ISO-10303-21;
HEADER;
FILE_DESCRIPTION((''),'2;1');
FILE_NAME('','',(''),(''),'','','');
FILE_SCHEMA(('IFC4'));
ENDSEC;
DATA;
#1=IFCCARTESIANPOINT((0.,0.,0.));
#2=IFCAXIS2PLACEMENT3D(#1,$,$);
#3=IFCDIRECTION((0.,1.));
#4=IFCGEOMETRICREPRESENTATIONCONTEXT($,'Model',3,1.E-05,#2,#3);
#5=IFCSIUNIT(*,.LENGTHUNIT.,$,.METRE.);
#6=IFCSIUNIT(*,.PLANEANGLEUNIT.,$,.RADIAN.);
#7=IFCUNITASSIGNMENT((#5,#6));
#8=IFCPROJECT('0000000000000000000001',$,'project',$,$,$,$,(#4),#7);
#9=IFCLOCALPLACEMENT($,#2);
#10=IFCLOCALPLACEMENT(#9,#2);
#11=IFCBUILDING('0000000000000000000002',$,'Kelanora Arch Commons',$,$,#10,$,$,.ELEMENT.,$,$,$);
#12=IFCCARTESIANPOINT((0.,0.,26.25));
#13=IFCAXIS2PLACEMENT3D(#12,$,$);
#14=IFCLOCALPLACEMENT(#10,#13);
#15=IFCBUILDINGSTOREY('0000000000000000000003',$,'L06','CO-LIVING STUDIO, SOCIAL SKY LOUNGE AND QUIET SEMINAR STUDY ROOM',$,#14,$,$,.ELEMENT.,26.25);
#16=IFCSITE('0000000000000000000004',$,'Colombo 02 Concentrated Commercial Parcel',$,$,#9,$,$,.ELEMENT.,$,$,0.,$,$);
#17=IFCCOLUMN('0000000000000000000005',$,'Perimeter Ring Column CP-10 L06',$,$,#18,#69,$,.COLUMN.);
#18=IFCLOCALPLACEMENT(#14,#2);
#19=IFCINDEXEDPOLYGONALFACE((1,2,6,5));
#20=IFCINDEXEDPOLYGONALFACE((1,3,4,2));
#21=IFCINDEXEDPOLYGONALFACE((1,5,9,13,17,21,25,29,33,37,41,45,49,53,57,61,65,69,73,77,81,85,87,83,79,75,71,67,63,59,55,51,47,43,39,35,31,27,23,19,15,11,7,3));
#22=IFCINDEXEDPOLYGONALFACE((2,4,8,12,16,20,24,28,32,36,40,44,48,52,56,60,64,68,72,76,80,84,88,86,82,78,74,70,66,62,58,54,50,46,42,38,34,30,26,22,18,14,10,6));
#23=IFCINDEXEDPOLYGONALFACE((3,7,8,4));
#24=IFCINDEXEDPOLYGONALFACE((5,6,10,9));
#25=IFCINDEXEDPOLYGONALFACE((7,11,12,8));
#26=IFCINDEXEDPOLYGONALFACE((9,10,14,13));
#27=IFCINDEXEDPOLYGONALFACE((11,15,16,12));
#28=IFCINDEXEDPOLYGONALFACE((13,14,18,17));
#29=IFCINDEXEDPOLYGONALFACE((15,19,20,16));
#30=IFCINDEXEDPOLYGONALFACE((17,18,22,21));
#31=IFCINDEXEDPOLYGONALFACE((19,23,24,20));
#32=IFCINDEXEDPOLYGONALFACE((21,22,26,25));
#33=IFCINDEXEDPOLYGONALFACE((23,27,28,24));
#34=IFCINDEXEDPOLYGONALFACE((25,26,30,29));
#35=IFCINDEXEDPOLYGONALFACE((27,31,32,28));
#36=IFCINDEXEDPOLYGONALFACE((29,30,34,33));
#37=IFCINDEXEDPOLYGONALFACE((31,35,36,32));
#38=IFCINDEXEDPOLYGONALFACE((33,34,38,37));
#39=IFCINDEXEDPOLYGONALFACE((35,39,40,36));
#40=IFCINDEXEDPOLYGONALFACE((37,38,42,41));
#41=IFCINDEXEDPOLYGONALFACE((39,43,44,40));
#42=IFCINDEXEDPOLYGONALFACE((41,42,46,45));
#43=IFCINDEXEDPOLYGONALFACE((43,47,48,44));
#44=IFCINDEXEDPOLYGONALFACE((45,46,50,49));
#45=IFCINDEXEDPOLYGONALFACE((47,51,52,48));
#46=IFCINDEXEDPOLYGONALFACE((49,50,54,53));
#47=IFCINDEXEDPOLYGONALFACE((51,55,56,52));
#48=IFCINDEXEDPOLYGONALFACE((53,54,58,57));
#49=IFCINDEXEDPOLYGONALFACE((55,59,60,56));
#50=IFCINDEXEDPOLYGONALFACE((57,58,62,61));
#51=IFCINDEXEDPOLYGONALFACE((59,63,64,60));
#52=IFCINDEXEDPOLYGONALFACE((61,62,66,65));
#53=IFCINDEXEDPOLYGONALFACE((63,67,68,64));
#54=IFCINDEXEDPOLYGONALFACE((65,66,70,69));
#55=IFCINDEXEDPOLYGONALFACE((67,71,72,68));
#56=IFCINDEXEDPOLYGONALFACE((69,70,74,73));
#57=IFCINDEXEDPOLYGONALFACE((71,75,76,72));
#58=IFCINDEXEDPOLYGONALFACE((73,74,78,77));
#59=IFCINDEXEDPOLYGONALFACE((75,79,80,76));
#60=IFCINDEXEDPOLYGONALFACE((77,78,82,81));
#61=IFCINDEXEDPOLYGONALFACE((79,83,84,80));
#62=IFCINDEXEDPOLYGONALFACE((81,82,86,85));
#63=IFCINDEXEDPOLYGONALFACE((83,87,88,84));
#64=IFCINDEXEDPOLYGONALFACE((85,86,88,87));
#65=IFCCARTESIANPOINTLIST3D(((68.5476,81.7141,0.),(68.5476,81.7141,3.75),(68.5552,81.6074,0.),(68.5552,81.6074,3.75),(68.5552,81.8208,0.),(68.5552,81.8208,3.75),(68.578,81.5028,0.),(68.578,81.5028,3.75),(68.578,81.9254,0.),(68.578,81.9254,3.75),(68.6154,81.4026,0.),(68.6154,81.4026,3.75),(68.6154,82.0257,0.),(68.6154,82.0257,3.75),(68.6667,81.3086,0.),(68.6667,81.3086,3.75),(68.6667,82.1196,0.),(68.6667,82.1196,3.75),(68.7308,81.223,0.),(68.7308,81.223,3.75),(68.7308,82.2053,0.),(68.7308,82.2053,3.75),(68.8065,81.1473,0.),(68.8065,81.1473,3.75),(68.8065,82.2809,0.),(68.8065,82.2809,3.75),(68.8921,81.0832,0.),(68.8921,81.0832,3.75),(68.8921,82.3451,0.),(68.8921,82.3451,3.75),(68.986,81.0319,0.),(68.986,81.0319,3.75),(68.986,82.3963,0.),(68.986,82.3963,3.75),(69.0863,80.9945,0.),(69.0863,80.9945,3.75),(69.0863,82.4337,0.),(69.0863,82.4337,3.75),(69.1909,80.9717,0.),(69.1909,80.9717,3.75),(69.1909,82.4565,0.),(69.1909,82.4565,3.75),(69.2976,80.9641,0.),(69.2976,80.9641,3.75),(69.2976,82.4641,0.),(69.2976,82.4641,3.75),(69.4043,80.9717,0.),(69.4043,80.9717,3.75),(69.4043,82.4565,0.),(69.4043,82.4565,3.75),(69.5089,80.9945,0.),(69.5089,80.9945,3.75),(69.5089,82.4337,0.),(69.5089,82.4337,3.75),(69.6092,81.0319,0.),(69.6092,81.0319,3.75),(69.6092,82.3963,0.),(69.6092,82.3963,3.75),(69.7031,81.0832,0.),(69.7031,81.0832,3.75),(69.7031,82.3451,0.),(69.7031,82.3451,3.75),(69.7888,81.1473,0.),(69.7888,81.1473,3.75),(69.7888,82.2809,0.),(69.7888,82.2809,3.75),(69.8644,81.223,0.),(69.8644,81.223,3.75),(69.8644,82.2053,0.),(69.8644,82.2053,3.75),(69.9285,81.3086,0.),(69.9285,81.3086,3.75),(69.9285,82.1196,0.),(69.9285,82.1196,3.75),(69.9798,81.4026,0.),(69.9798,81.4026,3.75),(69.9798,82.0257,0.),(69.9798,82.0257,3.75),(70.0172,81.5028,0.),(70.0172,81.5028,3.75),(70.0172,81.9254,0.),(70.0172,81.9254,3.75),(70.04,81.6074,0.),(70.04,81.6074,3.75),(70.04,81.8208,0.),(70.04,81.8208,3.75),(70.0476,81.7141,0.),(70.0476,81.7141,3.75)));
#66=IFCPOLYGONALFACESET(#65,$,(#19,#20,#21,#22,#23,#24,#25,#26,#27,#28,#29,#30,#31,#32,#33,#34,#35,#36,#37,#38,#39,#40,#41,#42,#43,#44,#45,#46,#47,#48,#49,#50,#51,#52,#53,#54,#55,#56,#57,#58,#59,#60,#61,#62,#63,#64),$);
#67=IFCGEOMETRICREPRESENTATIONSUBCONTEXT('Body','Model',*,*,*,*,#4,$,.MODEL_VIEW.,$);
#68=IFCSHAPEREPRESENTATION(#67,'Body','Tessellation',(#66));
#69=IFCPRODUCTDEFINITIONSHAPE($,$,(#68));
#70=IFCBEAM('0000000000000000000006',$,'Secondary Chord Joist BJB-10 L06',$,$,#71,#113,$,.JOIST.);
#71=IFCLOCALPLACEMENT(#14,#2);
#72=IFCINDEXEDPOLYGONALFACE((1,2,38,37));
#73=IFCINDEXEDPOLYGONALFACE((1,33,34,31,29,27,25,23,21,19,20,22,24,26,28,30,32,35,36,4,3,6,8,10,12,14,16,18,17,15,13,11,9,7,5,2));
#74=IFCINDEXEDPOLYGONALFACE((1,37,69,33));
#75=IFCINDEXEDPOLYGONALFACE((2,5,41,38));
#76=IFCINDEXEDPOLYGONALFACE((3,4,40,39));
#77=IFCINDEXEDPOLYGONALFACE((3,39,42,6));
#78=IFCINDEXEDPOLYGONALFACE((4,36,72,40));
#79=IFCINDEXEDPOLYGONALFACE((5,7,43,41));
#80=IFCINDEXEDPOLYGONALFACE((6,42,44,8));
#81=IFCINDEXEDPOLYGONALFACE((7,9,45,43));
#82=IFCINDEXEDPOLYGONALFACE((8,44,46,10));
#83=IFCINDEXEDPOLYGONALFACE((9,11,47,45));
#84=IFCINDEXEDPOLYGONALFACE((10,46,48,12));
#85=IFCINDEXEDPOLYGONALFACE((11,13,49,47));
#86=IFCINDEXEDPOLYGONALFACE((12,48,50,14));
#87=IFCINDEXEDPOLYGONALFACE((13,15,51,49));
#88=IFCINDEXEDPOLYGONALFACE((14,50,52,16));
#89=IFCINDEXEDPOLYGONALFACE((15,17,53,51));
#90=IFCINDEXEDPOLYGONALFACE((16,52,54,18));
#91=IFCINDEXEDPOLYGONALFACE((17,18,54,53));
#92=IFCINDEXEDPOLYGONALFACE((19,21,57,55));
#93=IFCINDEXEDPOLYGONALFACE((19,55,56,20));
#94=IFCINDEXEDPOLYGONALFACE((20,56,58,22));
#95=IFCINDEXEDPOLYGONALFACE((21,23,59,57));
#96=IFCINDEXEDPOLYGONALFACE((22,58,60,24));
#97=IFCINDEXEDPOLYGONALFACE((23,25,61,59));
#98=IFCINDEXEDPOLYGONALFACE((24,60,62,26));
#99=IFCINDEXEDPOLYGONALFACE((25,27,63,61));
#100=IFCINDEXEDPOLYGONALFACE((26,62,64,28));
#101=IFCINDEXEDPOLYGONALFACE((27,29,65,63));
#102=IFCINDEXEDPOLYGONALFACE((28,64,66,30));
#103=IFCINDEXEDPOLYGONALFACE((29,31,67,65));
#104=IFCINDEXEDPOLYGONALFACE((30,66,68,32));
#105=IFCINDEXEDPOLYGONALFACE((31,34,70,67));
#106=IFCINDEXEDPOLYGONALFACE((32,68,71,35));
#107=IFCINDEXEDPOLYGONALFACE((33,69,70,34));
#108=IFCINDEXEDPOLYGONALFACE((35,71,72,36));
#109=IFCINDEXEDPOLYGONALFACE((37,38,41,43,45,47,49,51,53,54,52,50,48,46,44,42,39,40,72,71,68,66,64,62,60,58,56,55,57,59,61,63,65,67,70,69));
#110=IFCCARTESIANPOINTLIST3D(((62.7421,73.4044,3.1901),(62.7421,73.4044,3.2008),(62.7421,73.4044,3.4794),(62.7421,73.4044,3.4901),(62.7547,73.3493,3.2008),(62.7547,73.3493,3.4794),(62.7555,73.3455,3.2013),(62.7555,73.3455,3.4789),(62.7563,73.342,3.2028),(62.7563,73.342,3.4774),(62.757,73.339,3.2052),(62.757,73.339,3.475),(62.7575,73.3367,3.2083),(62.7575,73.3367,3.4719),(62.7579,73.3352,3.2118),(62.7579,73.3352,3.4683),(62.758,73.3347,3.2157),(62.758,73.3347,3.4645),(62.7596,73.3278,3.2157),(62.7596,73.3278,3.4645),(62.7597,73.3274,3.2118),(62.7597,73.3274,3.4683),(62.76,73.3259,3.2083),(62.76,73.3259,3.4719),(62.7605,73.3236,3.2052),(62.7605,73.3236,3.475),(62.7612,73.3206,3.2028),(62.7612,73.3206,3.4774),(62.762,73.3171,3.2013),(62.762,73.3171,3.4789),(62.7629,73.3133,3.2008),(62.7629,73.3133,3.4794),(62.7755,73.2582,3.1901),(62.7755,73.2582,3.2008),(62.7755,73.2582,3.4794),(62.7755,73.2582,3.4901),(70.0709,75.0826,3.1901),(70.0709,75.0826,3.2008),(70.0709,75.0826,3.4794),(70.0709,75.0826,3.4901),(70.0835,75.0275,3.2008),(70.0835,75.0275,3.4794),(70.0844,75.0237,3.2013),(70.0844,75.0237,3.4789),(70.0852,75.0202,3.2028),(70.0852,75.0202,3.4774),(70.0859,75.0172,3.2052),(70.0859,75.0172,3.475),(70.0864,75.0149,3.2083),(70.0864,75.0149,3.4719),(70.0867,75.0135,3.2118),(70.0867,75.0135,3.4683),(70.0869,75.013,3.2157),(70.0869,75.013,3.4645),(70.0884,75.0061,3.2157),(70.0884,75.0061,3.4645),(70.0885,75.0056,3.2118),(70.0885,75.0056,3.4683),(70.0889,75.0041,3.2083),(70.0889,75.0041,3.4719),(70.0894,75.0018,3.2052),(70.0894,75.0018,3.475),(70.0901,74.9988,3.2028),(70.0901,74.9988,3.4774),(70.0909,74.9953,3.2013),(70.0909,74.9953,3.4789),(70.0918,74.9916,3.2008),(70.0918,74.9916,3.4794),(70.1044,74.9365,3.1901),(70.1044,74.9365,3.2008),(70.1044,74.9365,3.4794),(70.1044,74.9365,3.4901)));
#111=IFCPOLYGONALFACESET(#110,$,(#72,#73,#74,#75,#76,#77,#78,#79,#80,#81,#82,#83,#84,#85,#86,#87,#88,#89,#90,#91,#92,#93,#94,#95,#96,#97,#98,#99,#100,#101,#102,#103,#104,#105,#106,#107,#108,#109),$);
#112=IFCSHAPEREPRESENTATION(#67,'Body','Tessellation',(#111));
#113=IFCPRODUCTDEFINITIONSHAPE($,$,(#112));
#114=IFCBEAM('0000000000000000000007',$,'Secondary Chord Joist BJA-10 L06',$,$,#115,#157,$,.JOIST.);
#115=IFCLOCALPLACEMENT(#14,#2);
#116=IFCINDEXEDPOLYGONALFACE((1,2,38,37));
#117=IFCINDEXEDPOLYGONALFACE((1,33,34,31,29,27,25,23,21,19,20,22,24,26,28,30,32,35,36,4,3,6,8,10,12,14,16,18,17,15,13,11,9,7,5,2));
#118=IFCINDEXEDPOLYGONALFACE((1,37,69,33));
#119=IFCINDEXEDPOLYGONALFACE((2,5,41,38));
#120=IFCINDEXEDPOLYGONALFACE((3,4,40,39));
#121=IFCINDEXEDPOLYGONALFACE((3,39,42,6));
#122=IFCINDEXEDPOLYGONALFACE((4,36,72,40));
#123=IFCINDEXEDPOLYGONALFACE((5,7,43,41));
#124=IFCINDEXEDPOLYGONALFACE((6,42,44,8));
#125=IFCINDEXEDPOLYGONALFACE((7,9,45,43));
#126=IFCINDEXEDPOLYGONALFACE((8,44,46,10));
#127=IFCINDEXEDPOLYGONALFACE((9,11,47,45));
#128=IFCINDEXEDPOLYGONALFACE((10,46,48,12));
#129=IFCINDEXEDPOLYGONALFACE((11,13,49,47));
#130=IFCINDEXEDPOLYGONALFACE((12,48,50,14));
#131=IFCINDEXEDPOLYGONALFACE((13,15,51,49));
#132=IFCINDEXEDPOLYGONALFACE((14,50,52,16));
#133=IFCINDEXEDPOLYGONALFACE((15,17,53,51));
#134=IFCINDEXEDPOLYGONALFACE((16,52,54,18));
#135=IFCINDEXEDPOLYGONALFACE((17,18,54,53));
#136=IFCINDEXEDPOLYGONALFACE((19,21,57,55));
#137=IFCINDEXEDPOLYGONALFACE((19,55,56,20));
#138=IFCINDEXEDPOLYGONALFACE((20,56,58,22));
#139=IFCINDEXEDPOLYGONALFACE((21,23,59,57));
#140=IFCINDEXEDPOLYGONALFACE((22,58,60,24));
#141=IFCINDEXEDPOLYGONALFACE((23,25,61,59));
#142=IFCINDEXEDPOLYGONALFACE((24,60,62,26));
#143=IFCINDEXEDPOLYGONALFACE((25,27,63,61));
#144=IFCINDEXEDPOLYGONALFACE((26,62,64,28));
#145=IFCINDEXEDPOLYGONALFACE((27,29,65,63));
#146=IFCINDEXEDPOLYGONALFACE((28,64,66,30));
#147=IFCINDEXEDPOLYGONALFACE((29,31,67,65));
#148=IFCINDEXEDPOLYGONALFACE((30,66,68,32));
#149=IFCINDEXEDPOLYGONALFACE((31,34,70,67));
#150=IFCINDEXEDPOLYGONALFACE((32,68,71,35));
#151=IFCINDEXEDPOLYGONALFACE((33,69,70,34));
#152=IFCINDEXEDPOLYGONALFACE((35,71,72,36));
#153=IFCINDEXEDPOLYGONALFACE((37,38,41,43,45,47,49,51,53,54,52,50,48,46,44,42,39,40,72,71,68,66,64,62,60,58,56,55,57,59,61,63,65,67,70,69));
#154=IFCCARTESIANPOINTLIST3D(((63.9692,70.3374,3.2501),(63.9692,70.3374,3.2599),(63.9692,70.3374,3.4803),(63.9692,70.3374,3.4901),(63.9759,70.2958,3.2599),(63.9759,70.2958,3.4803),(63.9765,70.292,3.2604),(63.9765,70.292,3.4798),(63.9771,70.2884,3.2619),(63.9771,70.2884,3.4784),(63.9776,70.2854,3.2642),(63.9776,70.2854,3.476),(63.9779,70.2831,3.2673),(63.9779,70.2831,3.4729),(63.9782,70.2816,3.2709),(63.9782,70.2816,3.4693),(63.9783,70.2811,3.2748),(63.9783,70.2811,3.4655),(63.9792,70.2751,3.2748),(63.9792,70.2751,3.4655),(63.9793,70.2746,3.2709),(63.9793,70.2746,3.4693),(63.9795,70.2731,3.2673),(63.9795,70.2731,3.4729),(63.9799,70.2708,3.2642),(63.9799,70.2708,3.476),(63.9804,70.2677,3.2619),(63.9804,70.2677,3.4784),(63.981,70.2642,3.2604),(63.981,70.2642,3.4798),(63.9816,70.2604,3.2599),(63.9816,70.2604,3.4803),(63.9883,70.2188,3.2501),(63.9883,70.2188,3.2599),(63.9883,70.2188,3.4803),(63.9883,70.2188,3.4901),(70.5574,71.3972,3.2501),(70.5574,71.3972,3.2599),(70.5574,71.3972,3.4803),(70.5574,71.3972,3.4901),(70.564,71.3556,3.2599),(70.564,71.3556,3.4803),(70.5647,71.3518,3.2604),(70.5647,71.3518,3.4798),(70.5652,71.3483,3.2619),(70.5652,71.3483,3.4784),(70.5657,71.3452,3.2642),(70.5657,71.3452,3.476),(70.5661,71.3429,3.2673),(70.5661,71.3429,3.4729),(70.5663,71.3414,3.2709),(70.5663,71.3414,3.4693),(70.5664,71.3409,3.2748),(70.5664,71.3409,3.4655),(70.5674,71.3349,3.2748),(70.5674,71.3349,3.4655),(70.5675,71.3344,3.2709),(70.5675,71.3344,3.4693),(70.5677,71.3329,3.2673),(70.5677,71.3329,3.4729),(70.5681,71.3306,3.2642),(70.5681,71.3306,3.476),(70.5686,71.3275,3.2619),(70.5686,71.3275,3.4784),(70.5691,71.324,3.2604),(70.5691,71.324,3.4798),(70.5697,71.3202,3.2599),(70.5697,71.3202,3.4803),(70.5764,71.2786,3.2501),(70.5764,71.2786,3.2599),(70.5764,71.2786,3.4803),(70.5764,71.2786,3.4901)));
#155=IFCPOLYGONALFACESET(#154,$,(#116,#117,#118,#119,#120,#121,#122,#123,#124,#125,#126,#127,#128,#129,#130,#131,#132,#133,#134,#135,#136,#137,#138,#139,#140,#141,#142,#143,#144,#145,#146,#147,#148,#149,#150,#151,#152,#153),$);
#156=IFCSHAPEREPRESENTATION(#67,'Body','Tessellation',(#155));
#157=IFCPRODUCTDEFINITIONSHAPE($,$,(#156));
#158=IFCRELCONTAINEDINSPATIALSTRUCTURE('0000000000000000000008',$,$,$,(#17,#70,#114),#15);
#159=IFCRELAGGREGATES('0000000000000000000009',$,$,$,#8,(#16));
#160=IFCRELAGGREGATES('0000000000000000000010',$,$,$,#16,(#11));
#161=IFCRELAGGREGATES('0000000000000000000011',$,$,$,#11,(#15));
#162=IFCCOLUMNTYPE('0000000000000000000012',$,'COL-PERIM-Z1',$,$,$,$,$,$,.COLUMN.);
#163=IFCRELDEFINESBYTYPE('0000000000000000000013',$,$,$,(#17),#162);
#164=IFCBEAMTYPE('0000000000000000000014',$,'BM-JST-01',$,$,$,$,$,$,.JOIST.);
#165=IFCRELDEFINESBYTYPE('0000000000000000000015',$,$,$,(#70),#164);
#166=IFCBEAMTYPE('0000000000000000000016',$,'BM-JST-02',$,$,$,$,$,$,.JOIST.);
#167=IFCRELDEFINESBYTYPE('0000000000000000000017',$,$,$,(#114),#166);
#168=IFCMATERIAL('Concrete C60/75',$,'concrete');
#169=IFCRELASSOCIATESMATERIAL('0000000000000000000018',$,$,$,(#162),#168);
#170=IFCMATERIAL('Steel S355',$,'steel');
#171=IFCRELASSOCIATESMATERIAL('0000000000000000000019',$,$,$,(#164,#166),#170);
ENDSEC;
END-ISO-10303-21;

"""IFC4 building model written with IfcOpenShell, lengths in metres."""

from ifc_helpers import new_model, si_unit, direction, frame, origin, origin_2d, place, context, subcontext, project, spatial, circle, i_section, extrude, material, material_profile, profile_set, type_object, element, save


model = new_model("IFC4")

# Units and contexts
model_context = context("Model", 3, precision=1e-05, world=origin(), true_north=direction((0.0, 1.0)))
body_context = subcontext(model_context, "Body", "Model", "MODEL_VIEW")
ifc_project = project(units=[si_unit("LENGTHUNIT", "METRE"), si_unit("PLANEANGLEUNIT", "RADIAN")], contexts=[model_context])

# Site, building, storey
site_placement = place(None, origin())
site = spatial("IfcSite", under=ifc_project, at=site_placement, Name="Colombo 02 Concentrated Commercial Parcel", CompositionType="ELEMENT", RefElevation=0.0)
building_placement = place(site_placement, origin())
building = spatial("IfcBuilding", under=site, at=building_placement, Name="Kelanora Arch Commons", CompositionType="ELEMENT")
storey_placement = place(building_placement, frame((0.0, 0.0, 26.25)))
storey = spatial("IfcBuildingStorey", under=building, at=storey_placement, Name="L06", Description="CO-LIVING STUDIO, SOCIAL SKY LOUNGE AND QUIET SEMINAR STUDY ROOM", CompositionType="ELEMENT", Elevation=26.25)

# Column
ifc_material_1 = material(Name="Concrete C60/75", Category="concrete")
ifc_material_profile_1 = material_profile(ifc_material_1, circle(Radius=0.75, at=origin_2d()), Name="RCC1500")
ifc_profile_set_1 = profile_set([ifc_material_profile_1], Name="Concrete C60/75")
column_type = type_object("IfcColumnType", Name="COL-PERIM-Z1", PredefinedType="COLUMN", material=ifc_profile_set_1)
column_placement = place(storey_placement, frame((69.2976, 81.7141, 0.0), z_axis=(0.0, 0.0, 1.0), x_axis=(1.0, 0.0, 0.0)))
element("IfcColumn", 1, at=column_placement, inside=storey, type_object=column_type, Name="Perimeter Ring Column CP-10 L06", PredefinedType="COLUMN", context=body_context, shape_type="SweptSolid", body=[
    extrude(circle(Radius=0.75, at=origin_2d()), origin(), (0.0, 0.0, 1.0), 3.75),
])

# Beams
ifc_material_2 = material(Name="Steel S355", Category="steel")
ifc_material_profile_2 = material_profile(ifc_material_2, i_section(OverallWidth=0.1499, OverallDepth=0.3, WebThickness=0.0071, FlangeThickness=0.0107, FilletRadius=0.0149, at=origin_2d()), Name="IPE300")
ifc_profile_set_2 = profile_set([ifc_material_profile_2], Name="Steel S355")
beam_type_1 = type_object("IfcBeamType", Name="BM-JST-01", PredefinedType="JOIST", material=ifc_profile_set_2)
beam_1_placement = place(storey_placement, frame((70.0876, 75.0095, 3.3401), z_axis=(-0.97477, -0.223211, 0.0), x_axis=(0.223211, -0.97477, 0.0)))
element("IfcBeam", 2, at=beam_1_placement, inside=storey, type_object=beam_type_1, Name="Secondary Chord Joist BJB-10 L06", PredefinedType="JOIST", context=body_context, shape_type="SweptSolid", body=[
    extrude(i_section(OverallWidth=0.1499, OverallDepth=0.3, WebThickness=0.0071, FlangeThickness=0.0107, FilletRadius=0.0149, at=origin_2d()), origin(), (0.0, 0.0, 1.0), 7.5186),
])
ifc_material_profile_3 = material_profile(ifc_material_2, i_section(OverallWidth=0.1201, OverallDepth=0.24, WebThickness=0.0061, FlangeThickness=0.0098, FilletRadius=0.0149, at=origin_2d()), Name="IPE240")
ifc_profile_set_3 = profile_set([ifc_material_profile_3], Name="Steel S355")
beam_type_2 = type_object("IfcBeamType", Name="BM-JST-02", PredefinedType="JOIST", material=ifc_profile_set_3)
beam_2_placement = place(storey_placement, frame((70.5669, 71.3379, 3.3701), z_axis=(-0.987307, -0.158825, 0.0), x_axis=(0.158825, -0.987307, 0.0)))
element("IfcBeam", 3, at=beam_2_placement, inside=storey, type_object=beam_type_2, Name="Secondary Chord Joist BJA-10 L06", PredefinedType="JOIST", context=body_context, shape_type="SweptSolid", body=[
    extrude(i_section(OverallWidth=0.1201, OverallDepth=0.24, WebThickness=0.0061, FlangeThickness=0.0098, FilletRadius=0.0149, at=origin_2d()), origin(), (0.0, 0.0, 1.0), 6.6729),
])

save(model, "model.ifc")
